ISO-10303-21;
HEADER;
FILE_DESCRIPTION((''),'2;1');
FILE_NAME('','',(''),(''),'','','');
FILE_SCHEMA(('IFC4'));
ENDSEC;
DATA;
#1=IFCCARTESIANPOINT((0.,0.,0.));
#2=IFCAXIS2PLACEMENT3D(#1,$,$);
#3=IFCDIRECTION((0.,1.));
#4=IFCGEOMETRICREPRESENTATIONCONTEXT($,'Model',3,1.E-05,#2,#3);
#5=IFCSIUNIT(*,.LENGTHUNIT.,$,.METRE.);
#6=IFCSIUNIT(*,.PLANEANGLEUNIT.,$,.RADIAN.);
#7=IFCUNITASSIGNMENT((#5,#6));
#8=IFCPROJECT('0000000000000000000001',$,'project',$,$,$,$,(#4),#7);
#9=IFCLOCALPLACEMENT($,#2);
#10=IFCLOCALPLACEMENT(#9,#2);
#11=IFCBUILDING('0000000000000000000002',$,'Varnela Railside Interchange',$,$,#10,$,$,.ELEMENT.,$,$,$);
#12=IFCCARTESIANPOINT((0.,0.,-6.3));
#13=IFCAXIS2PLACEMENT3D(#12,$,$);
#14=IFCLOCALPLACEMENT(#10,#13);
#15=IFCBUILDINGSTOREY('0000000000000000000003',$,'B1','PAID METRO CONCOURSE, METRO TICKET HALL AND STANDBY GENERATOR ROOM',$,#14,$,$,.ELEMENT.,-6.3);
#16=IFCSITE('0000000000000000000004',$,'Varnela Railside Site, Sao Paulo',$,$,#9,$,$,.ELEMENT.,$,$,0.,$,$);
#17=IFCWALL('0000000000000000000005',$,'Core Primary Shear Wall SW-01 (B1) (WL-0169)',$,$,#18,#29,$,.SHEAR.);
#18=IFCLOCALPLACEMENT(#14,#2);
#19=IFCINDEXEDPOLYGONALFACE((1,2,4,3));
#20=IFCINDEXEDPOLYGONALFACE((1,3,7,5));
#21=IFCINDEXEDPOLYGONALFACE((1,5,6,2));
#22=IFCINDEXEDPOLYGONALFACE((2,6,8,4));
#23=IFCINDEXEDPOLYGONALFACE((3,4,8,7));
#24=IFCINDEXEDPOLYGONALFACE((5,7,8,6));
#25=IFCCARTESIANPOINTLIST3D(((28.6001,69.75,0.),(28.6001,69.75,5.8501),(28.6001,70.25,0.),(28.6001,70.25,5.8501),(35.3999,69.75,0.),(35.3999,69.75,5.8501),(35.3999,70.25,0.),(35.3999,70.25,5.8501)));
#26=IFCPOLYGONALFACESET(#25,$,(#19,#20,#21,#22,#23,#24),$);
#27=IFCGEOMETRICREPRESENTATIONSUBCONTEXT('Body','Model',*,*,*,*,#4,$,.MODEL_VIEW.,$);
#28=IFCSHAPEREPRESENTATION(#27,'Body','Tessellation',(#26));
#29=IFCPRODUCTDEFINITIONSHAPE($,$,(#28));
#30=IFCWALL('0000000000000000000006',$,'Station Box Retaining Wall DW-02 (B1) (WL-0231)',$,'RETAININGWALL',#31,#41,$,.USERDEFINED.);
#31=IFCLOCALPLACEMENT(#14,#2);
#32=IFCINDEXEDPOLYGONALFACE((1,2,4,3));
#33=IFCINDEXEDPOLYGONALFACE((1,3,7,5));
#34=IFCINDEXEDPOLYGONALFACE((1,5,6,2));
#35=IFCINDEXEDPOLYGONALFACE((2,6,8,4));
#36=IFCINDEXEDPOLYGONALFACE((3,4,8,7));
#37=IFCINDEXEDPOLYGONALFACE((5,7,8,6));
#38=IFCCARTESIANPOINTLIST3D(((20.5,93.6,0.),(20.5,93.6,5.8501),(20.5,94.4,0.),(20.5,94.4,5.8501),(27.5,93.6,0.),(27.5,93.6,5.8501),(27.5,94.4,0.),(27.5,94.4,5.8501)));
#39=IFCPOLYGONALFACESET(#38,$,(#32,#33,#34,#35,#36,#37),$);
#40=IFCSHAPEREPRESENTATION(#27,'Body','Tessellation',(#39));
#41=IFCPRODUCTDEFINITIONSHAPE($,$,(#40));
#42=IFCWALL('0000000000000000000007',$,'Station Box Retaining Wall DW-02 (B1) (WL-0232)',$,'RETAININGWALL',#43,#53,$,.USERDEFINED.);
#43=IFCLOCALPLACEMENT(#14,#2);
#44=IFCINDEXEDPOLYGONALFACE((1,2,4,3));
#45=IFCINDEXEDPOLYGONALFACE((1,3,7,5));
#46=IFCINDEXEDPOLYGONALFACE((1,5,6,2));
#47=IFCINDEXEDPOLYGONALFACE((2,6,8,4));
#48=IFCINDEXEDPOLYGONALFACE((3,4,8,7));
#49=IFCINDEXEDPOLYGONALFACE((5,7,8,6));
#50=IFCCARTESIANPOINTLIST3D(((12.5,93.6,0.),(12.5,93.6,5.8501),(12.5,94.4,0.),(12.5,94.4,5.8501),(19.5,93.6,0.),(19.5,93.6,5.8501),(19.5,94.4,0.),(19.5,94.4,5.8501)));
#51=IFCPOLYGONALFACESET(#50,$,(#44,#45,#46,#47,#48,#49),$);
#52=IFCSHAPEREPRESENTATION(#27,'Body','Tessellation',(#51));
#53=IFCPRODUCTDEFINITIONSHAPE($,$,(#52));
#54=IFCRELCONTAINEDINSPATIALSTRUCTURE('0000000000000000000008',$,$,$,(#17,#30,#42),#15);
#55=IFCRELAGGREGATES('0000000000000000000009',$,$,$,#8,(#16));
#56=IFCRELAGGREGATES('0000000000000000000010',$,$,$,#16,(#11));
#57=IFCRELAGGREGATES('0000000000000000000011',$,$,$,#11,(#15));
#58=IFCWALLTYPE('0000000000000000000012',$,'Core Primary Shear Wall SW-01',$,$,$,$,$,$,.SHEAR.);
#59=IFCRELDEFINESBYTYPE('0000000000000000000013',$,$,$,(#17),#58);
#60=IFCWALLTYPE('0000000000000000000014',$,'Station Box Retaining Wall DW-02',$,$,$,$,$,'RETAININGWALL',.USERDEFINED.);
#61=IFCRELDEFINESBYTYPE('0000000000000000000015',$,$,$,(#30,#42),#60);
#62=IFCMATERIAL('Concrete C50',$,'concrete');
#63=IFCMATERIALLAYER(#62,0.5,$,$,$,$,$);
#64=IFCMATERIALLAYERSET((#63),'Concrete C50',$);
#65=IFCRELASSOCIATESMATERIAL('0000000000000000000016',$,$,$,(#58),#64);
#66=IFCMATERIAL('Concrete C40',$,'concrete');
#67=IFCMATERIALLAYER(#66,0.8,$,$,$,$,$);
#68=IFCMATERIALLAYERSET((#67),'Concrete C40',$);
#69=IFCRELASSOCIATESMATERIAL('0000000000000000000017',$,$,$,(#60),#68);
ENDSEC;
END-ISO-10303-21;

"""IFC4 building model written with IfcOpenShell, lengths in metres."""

from ifc_helpers import new_model, si_unit, direction, frame, frame_2d, origin, place, context, subcontext, project, spatial, rectangle, extrude, material, layer, layer_set, type_object, element, save


model = new_model("IFC4")

# Units and contexts
model_context = context("Model", 3, precision=1e-05, world=origin(), true_north=direction((0.0, 1.0)))
body_context = subcontext(model_context, "Body", "Model", "MODEL_VIEW")
ifc_project = project(units=[si_unit("LENGTHUNIT", "METRE"), si_unit("PLANEANGLEUNIT", "RADIAN")], contexts=[model_context])

# Site, building, storey
site_placement = place(None, origin())
site = spatial("IfcSite", under=ifc_project, at=site_placement, Name="Varnela Railside Site, Sao Paulo", CompositionType="ELEMENT", RefElevation=0.0)
building_placement = place(site_placement, origin())
building = spatial("IfcBuilding", under=site, at=building_placement, Name="Varnela Railside Interchange", CompositionType="ELEMENT")
storey_placement = place(building_placement, frame((0.0, 0.0, -6.3)))
storey = spatial("IfcBuildingStorey", under=building, at=storey_placement, Name="B1", Description="PAID METRO CONCOURSE, METRO TICKET HALL AND STANDBY GENERATOR ROOM", CompositionType="ELEMENT", Elevation=-6.3)

# Shared definitions
ifc_material_1 = material(Name="Concrete C50", Category="concrete")

# Shared definitions
ifc_material_2 = material(Name="Concrete C40", Category="concrete")

# Walls
ifc_layer_1 = layer(ifc_material_1, 0.5)
ifc_layer_set_1 = layer_set([ifc_layer_1], Name="Concrete C50")
wall_type_1 = type_object("IfcWallType", Name="Core Primary Shear Wall SW-01", PredefinedType="SHEAR", material=ifc_layer_set_1)
for number, where, z_axis, x_axis, name in (
    (1, (28.6001, 70.0, 0.0), (0.0, 0.0, 1.0), (1.0, 0.0, 0.0), "Core Primary Shear Wall SW-01 (B1) (WL-0169)"),
):
    element("IfcWall", number, at=place(storey_placement, frame(where, z_axis=z_axis, x_axis=x_axis)), inside=storey, type_object=wall_type_1, Name=name, PredefinedType="SHEAR", context=body_context, shape_type="SweptSolid", body=[
        extrude(rectangle(XDim=6.7998, YDim=0.5, at=frame_2d((3.3999, 0.0))), origin(), (0.0, 0.0, 1.0), 5.8501),
    ])
ifc_layer_2 = layer(ifc_material_2, 0.8)
ifc_layer_set_2 = layer_set([ifc_layer_2], Name="Concrete C40")
wall_type_2 = type_object("IfcWallType", Name="Station Box Retaining Wall DW-02", ElementType="RETAININGWALL", PredefinedType="USERDEFINED", material=ifc_layer_set_2)
for number, where, z_axis, x_axis, name in (
    (2, (27.5, 94.0, 0.0), (0.0, 0.0, 1.0), (-1.0, 0.0, 0.0), "Station Box Retaining Wall DW-02 (B1) (WL-0231)"),
    (3, (19.5, 94.0, 0.0), (0.0, 0.0, 1.0), (-1.0, 0.0, 0.0), "Station Box Retaining Wall DW-02 (B1) (WL-0232)"),
):
    element("IfcWall", number, at=place(storey_placement, frame(where, z_axis=z_axis, x_axis=x_axis)), inside=storey, type_object=wall_type_2, Name=name, ObjectType="RETAININGWALL", PredefinedType="USERDEFINED", context=body_context, shape_type="SweptSolid", body=[
        extrude(rectangle(XDim=7.0, YDim=0.8, at=frame_2d((3.5, 0.0))), origin(), (0.0, 0.0, 1.0), 5.8501),
    ])

save(model, "model.ifc")
